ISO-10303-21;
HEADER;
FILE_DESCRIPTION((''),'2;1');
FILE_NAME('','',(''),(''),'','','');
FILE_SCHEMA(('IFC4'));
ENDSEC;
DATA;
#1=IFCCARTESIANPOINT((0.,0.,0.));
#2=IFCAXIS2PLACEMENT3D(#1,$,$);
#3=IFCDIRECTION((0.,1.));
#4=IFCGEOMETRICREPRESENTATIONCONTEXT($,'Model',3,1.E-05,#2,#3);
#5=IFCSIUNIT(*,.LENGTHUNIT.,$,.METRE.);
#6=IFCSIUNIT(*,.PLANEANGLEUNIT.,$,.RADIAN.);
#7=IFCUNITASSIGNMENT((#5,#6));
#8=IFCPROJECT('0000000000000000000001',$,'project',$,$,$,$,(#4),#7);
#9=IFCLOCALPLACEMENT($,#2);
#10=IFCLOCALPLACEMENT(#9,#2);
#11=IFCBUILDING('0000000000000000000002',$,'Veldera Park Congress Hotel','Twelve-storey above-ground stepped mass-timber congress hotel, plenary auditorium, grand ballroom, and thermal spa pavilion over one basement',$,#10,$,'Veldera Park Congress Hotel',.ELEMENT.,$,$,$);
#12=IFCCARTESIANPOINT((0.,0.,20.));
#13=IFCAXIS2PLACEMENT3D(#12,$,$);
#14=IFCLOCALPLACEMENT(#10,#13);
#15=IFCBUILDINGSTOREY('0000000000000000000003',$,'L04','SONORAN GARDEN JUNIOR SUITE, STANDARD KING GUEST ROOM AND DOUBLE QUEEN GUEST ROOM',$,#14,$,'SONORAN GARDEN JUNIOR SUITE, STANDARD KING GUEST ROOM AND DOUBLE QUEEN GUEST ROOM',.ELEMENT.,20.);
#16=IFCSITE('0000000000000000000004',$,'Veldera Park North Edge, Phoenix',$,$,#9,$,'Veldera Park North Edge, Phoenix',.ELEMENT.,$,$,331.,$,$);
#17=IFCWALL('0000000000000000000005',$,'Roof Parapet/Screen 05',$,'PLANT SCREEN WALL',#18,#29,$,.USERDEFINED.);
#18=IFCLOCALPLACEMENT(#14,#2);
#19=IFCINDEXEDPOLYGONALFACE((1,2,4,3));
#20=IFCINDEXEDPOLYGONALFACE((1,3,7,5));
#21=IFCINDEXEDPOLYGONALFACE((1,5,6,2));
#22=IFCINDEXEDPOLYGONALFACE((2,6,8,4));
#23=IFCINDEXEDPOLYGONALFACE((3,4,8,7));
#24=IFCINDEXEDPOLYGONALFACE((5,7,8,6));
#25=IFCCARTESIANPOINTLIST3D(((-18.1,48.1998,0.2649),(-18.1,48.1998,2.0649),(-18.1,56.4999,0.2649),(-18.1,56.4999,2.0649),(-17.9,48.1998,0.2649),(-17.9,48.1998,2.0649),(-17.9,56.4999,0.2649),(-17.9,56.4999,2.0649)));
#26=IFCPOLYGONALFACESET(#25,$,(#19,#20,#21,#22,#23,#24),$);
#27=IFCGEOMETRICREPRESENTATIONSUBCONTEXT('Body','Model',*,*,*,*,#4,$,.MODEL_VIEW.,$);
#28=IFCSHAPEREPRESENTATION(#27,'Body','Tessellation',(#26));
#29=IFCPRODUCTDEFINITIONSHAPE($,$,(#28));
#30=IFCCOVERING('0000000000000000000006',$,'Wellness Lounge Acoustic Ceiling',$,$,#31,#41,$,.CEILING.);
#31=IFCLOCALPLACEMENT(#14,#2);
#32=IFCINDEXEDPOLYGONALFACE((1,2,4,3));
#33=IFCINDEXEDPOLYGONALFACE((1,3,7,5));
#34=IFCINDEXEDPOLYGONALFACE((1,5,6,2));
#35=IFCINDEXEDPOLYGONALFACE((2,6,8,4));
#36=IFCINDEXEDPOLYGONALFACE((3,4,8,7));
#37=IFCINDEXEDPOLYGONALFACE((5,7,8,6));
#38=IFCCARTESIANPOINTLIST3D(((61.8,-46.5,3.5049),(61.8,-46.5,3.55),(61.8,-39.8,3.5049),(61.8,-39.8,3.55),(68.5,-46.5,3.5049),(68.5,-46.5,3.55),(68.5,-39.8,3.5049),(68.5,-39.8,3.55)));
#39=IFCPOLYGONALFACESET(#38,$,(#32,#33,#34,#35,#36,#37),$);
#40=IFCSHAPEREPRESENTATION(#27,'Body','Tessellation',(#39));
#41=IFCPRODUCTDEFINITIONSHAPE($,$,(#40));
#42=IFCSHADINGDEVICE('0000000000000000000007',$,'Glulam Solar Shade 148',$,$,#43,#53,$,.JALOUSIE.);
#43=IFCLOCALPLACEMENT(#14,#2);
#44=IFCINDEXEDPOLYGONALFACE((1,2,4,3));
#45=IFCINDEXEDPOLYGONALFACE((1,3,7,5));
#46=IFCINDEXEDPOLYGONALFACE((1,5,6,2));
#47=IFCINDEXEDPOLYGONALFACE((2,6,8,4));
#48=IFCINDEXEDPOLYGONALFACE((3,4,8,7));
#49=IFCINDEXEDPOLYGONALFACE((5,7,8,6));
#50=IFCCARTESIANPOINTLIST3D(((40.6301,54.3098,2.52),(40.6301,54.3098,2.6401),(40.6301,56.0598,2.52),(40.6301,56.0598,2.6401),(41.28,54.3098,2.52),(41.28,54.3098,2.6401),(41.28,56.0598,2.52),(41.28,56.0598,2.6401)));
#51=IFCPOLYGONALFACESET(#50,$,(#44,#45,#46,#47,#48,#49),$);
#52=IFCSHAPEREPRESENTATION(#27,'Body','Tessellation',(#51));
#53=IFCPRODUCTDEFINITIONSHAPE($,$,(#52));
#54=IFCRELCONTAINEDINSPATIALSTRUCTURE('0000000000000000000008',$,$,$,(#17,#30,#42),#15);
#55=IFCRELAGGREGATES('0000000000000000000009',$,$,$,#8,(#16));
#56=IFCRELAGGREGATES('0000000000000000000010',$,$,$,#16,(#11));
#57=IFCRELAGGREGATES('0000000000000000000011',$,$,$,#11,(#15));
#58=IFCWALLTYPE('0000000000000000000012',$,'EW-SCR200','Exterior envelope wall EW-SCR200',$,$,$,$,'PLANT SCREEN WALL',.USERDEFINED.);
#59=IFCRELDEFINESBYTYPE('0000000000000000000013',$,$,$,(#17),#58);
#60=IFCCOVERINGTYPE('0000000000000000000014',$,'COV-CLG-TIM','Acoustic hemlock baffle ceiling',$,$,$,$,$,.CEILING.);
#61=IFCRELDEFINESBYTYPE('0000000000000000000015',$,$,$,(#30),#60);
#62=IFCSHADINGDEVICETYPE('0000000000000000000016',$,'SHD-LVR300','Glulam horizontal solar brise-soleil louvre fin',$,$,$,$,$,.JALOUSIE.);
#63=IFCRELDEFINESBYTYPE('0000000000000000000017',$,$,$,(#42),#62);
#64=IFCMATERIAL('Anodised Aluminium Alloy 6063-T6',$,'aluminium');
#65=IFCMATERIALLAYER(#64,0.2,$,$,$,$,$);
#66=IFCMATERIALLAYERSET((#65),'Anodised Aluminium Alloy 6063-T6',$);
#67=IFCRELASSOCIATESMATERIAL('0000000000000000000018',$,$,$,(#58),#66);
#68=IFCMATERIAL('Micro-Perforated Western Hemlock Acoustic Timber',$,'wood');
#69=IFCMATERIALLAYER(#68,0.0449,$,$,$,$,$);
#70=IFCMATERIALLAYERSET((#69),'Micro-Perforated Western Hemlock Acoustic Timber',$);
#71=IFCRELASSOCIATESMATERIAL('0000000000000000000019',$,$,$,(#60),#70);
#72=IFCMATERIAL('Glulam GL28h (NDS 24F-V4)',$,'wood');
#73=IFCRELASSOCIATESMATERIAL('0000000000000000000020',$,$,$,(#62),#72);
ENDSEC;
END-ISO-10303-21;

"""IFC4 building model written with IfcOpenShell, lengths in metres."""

from ifc_helpers import new_model, si_unit, direction, frame, frame_2d, origin, origin_2d, place, context, subcontext, project, spatial, polyline, rectangle, outline, extrude, material, layer, layer_set, type_object, element, save


model = new_model("IFC4")

# Units and contexts
model_context = context("Model", 3, precision=1e-05, world=origin(), true_north=direction((0.0, 1.0)))
body_context = subcontext(model_context, "Body", "Model", "MODEL_VIEW")
ifc_project = project(units=[si_unit("LENGTHUNIT", "METRE"), si_unit("PLANEANGLEUNIT", "RADIAN")], contexts=[model_context])

# Site, building, storey
site_placement = place(None, origin())
site = spatial("IfcSite", under=ifc_project, at=site_placement, Name="Veldera Park North Edge, Phoenix", LongName="Veldera Park North Edge, Phoenix", CompositionType="ELEMENT", RefElevation=331.0)
building_placement = place(site_placement, origin())
building = spatial("IfcBuilding", under=site, at=building_placement, Name="Veldera Park Congress Hotel", Description="Twelve-storey above-ground stepped mass-timber congress hotel, plenary auditorium, grand ballroom, and thermal spa pavilion over one basement", LongName="Veldera Park Congress Hotel", CompositionType="ELEMENT")
storey_placement = place(building_placement, frame((0.0, 0.0, 20.0)))
storey = spatial("IfcBuildingStorey", under=building, at=storey_placement, Name="L04", Description="SONORAN GARDEN JUNIOR SUITE, STANDARD KING GUEST ROOM AND DOUBLE QUEEN GUEST ROOM", LongName="SONORAN GARDEN JUNIOR SUITE, STANDARD KING GUEST ROOM AND DOUBLE QUEEN GUEST ROOM", CompositionType="ELEMENT", Elevation=20.0)

# Shared definitions
ifc_material_1 = material(Name="Glulam GL28h (NDS 24F-V4)", Category="wood")

# Wall
ifc_material_2 = material(Name="Anodised Aluminium Alloy 6063-T6", Category="aluminium")
ifc_layer_1 = layer(ifc_material_2, 0.2)
ifc_layer_set_1 = layer_set([ifc_layer_1], Name="Anodised Aluminium Alloy 6063-T6")
wall_type_1 = type_object("IfcWallType", Name="EW-SCR200", Description="Exterior envelope wall EW-SCR200", ElementType="PLANT SCREEN WALL", PredefinedType="USERDEFINED", material=ifc_layer_set_1)
wall_1_placement = place(storey_placement, frame((-18.0, 48.2, 0.2649), z_axis=(0.0, 0.0, 1.0), x_axis=(0.0, 1.0, 0.0)))
element("IfcWall", 1, at=wall_1_placement, inside=storey, type_object=wall_type_1, Name="Roof Parapet/Screen 05", ObjectType="PLANT SCREEN WALL", PredefinedType="USERDEFINED", context=body_context, shape_type="SweptSolid", body=[
    extrude(rectangle(XDim=8.3, YDim=0.2, at=frame_2d((4.1499, 0.0))), origin(), (0.0, 0.0, 1.0), 1.8),
])

# Covering
ifc_material_3 = material(Name="Micro-Perforated Western Hemlock Acoustic Timber", Category="wood")
ifc_layer_2 = layer(ifc_material_3, 0.0449)
ifc_layer_set_2 = layer_set([ifc_layer_2], Name="Micro-Perforated Western Hemlock Acoustic Timber")
covering_type = type_object("IfcCoveringType", Name="COV-CLG-TIM", Description="Acoustic hemlock baffle ceiling", PredefinedType="CEILING", material=ifc_layer_set_2)
covering_placement = place(storey_placement, frame((0.0, 0.0, 3.5049)))
element("IfcCovering", 2, at=covering_placement, inside=storey, type_object=covering_type, Name="Wellness Lounge Acoustic Ceiling", PredefinedType="CEILING", context=body_context, shape_type="SweptSolid", body=[
    extrude(outline(polyline([(61.8, -46.5), (68.5, -46.5), (68.5, -39.8), (61.8, -39.8), (61.8, -46.5)])), origin(), (0.0, 0.0, 1.0), 0.0452),
])

# Shading device
shading_device_type = type_object("IfcShadingDeviceType", Name="SHD-LVR300", Description="Glulam horizontal solar brise-soleil louvre fin", PredefinedType="JALOUSIE", material=ifc_material_1)
shading_device_placement = place(storey_placement, frame((40.9551, 55.1848, 2.52), z_axis=(0.0, 0.0, 1.0), x_axis=(0.0, -1.0, 0.0)))
element("IfcShadingDevice", 3, at=shading_device_placement, inside=storey, type_object=shading_device_type, Name="Glulam Solar Shade 148", PredefinedType="JALOUSIE", context=body_context, shape_type="SweptSolid", body=[
    extrude(rectangle(XDim=1.75, YDim=0.6499, at=origin_2d()), origin(), (0.0, 0.0, 1.0), 0.1201),
])

save(model, "model.ifc")
